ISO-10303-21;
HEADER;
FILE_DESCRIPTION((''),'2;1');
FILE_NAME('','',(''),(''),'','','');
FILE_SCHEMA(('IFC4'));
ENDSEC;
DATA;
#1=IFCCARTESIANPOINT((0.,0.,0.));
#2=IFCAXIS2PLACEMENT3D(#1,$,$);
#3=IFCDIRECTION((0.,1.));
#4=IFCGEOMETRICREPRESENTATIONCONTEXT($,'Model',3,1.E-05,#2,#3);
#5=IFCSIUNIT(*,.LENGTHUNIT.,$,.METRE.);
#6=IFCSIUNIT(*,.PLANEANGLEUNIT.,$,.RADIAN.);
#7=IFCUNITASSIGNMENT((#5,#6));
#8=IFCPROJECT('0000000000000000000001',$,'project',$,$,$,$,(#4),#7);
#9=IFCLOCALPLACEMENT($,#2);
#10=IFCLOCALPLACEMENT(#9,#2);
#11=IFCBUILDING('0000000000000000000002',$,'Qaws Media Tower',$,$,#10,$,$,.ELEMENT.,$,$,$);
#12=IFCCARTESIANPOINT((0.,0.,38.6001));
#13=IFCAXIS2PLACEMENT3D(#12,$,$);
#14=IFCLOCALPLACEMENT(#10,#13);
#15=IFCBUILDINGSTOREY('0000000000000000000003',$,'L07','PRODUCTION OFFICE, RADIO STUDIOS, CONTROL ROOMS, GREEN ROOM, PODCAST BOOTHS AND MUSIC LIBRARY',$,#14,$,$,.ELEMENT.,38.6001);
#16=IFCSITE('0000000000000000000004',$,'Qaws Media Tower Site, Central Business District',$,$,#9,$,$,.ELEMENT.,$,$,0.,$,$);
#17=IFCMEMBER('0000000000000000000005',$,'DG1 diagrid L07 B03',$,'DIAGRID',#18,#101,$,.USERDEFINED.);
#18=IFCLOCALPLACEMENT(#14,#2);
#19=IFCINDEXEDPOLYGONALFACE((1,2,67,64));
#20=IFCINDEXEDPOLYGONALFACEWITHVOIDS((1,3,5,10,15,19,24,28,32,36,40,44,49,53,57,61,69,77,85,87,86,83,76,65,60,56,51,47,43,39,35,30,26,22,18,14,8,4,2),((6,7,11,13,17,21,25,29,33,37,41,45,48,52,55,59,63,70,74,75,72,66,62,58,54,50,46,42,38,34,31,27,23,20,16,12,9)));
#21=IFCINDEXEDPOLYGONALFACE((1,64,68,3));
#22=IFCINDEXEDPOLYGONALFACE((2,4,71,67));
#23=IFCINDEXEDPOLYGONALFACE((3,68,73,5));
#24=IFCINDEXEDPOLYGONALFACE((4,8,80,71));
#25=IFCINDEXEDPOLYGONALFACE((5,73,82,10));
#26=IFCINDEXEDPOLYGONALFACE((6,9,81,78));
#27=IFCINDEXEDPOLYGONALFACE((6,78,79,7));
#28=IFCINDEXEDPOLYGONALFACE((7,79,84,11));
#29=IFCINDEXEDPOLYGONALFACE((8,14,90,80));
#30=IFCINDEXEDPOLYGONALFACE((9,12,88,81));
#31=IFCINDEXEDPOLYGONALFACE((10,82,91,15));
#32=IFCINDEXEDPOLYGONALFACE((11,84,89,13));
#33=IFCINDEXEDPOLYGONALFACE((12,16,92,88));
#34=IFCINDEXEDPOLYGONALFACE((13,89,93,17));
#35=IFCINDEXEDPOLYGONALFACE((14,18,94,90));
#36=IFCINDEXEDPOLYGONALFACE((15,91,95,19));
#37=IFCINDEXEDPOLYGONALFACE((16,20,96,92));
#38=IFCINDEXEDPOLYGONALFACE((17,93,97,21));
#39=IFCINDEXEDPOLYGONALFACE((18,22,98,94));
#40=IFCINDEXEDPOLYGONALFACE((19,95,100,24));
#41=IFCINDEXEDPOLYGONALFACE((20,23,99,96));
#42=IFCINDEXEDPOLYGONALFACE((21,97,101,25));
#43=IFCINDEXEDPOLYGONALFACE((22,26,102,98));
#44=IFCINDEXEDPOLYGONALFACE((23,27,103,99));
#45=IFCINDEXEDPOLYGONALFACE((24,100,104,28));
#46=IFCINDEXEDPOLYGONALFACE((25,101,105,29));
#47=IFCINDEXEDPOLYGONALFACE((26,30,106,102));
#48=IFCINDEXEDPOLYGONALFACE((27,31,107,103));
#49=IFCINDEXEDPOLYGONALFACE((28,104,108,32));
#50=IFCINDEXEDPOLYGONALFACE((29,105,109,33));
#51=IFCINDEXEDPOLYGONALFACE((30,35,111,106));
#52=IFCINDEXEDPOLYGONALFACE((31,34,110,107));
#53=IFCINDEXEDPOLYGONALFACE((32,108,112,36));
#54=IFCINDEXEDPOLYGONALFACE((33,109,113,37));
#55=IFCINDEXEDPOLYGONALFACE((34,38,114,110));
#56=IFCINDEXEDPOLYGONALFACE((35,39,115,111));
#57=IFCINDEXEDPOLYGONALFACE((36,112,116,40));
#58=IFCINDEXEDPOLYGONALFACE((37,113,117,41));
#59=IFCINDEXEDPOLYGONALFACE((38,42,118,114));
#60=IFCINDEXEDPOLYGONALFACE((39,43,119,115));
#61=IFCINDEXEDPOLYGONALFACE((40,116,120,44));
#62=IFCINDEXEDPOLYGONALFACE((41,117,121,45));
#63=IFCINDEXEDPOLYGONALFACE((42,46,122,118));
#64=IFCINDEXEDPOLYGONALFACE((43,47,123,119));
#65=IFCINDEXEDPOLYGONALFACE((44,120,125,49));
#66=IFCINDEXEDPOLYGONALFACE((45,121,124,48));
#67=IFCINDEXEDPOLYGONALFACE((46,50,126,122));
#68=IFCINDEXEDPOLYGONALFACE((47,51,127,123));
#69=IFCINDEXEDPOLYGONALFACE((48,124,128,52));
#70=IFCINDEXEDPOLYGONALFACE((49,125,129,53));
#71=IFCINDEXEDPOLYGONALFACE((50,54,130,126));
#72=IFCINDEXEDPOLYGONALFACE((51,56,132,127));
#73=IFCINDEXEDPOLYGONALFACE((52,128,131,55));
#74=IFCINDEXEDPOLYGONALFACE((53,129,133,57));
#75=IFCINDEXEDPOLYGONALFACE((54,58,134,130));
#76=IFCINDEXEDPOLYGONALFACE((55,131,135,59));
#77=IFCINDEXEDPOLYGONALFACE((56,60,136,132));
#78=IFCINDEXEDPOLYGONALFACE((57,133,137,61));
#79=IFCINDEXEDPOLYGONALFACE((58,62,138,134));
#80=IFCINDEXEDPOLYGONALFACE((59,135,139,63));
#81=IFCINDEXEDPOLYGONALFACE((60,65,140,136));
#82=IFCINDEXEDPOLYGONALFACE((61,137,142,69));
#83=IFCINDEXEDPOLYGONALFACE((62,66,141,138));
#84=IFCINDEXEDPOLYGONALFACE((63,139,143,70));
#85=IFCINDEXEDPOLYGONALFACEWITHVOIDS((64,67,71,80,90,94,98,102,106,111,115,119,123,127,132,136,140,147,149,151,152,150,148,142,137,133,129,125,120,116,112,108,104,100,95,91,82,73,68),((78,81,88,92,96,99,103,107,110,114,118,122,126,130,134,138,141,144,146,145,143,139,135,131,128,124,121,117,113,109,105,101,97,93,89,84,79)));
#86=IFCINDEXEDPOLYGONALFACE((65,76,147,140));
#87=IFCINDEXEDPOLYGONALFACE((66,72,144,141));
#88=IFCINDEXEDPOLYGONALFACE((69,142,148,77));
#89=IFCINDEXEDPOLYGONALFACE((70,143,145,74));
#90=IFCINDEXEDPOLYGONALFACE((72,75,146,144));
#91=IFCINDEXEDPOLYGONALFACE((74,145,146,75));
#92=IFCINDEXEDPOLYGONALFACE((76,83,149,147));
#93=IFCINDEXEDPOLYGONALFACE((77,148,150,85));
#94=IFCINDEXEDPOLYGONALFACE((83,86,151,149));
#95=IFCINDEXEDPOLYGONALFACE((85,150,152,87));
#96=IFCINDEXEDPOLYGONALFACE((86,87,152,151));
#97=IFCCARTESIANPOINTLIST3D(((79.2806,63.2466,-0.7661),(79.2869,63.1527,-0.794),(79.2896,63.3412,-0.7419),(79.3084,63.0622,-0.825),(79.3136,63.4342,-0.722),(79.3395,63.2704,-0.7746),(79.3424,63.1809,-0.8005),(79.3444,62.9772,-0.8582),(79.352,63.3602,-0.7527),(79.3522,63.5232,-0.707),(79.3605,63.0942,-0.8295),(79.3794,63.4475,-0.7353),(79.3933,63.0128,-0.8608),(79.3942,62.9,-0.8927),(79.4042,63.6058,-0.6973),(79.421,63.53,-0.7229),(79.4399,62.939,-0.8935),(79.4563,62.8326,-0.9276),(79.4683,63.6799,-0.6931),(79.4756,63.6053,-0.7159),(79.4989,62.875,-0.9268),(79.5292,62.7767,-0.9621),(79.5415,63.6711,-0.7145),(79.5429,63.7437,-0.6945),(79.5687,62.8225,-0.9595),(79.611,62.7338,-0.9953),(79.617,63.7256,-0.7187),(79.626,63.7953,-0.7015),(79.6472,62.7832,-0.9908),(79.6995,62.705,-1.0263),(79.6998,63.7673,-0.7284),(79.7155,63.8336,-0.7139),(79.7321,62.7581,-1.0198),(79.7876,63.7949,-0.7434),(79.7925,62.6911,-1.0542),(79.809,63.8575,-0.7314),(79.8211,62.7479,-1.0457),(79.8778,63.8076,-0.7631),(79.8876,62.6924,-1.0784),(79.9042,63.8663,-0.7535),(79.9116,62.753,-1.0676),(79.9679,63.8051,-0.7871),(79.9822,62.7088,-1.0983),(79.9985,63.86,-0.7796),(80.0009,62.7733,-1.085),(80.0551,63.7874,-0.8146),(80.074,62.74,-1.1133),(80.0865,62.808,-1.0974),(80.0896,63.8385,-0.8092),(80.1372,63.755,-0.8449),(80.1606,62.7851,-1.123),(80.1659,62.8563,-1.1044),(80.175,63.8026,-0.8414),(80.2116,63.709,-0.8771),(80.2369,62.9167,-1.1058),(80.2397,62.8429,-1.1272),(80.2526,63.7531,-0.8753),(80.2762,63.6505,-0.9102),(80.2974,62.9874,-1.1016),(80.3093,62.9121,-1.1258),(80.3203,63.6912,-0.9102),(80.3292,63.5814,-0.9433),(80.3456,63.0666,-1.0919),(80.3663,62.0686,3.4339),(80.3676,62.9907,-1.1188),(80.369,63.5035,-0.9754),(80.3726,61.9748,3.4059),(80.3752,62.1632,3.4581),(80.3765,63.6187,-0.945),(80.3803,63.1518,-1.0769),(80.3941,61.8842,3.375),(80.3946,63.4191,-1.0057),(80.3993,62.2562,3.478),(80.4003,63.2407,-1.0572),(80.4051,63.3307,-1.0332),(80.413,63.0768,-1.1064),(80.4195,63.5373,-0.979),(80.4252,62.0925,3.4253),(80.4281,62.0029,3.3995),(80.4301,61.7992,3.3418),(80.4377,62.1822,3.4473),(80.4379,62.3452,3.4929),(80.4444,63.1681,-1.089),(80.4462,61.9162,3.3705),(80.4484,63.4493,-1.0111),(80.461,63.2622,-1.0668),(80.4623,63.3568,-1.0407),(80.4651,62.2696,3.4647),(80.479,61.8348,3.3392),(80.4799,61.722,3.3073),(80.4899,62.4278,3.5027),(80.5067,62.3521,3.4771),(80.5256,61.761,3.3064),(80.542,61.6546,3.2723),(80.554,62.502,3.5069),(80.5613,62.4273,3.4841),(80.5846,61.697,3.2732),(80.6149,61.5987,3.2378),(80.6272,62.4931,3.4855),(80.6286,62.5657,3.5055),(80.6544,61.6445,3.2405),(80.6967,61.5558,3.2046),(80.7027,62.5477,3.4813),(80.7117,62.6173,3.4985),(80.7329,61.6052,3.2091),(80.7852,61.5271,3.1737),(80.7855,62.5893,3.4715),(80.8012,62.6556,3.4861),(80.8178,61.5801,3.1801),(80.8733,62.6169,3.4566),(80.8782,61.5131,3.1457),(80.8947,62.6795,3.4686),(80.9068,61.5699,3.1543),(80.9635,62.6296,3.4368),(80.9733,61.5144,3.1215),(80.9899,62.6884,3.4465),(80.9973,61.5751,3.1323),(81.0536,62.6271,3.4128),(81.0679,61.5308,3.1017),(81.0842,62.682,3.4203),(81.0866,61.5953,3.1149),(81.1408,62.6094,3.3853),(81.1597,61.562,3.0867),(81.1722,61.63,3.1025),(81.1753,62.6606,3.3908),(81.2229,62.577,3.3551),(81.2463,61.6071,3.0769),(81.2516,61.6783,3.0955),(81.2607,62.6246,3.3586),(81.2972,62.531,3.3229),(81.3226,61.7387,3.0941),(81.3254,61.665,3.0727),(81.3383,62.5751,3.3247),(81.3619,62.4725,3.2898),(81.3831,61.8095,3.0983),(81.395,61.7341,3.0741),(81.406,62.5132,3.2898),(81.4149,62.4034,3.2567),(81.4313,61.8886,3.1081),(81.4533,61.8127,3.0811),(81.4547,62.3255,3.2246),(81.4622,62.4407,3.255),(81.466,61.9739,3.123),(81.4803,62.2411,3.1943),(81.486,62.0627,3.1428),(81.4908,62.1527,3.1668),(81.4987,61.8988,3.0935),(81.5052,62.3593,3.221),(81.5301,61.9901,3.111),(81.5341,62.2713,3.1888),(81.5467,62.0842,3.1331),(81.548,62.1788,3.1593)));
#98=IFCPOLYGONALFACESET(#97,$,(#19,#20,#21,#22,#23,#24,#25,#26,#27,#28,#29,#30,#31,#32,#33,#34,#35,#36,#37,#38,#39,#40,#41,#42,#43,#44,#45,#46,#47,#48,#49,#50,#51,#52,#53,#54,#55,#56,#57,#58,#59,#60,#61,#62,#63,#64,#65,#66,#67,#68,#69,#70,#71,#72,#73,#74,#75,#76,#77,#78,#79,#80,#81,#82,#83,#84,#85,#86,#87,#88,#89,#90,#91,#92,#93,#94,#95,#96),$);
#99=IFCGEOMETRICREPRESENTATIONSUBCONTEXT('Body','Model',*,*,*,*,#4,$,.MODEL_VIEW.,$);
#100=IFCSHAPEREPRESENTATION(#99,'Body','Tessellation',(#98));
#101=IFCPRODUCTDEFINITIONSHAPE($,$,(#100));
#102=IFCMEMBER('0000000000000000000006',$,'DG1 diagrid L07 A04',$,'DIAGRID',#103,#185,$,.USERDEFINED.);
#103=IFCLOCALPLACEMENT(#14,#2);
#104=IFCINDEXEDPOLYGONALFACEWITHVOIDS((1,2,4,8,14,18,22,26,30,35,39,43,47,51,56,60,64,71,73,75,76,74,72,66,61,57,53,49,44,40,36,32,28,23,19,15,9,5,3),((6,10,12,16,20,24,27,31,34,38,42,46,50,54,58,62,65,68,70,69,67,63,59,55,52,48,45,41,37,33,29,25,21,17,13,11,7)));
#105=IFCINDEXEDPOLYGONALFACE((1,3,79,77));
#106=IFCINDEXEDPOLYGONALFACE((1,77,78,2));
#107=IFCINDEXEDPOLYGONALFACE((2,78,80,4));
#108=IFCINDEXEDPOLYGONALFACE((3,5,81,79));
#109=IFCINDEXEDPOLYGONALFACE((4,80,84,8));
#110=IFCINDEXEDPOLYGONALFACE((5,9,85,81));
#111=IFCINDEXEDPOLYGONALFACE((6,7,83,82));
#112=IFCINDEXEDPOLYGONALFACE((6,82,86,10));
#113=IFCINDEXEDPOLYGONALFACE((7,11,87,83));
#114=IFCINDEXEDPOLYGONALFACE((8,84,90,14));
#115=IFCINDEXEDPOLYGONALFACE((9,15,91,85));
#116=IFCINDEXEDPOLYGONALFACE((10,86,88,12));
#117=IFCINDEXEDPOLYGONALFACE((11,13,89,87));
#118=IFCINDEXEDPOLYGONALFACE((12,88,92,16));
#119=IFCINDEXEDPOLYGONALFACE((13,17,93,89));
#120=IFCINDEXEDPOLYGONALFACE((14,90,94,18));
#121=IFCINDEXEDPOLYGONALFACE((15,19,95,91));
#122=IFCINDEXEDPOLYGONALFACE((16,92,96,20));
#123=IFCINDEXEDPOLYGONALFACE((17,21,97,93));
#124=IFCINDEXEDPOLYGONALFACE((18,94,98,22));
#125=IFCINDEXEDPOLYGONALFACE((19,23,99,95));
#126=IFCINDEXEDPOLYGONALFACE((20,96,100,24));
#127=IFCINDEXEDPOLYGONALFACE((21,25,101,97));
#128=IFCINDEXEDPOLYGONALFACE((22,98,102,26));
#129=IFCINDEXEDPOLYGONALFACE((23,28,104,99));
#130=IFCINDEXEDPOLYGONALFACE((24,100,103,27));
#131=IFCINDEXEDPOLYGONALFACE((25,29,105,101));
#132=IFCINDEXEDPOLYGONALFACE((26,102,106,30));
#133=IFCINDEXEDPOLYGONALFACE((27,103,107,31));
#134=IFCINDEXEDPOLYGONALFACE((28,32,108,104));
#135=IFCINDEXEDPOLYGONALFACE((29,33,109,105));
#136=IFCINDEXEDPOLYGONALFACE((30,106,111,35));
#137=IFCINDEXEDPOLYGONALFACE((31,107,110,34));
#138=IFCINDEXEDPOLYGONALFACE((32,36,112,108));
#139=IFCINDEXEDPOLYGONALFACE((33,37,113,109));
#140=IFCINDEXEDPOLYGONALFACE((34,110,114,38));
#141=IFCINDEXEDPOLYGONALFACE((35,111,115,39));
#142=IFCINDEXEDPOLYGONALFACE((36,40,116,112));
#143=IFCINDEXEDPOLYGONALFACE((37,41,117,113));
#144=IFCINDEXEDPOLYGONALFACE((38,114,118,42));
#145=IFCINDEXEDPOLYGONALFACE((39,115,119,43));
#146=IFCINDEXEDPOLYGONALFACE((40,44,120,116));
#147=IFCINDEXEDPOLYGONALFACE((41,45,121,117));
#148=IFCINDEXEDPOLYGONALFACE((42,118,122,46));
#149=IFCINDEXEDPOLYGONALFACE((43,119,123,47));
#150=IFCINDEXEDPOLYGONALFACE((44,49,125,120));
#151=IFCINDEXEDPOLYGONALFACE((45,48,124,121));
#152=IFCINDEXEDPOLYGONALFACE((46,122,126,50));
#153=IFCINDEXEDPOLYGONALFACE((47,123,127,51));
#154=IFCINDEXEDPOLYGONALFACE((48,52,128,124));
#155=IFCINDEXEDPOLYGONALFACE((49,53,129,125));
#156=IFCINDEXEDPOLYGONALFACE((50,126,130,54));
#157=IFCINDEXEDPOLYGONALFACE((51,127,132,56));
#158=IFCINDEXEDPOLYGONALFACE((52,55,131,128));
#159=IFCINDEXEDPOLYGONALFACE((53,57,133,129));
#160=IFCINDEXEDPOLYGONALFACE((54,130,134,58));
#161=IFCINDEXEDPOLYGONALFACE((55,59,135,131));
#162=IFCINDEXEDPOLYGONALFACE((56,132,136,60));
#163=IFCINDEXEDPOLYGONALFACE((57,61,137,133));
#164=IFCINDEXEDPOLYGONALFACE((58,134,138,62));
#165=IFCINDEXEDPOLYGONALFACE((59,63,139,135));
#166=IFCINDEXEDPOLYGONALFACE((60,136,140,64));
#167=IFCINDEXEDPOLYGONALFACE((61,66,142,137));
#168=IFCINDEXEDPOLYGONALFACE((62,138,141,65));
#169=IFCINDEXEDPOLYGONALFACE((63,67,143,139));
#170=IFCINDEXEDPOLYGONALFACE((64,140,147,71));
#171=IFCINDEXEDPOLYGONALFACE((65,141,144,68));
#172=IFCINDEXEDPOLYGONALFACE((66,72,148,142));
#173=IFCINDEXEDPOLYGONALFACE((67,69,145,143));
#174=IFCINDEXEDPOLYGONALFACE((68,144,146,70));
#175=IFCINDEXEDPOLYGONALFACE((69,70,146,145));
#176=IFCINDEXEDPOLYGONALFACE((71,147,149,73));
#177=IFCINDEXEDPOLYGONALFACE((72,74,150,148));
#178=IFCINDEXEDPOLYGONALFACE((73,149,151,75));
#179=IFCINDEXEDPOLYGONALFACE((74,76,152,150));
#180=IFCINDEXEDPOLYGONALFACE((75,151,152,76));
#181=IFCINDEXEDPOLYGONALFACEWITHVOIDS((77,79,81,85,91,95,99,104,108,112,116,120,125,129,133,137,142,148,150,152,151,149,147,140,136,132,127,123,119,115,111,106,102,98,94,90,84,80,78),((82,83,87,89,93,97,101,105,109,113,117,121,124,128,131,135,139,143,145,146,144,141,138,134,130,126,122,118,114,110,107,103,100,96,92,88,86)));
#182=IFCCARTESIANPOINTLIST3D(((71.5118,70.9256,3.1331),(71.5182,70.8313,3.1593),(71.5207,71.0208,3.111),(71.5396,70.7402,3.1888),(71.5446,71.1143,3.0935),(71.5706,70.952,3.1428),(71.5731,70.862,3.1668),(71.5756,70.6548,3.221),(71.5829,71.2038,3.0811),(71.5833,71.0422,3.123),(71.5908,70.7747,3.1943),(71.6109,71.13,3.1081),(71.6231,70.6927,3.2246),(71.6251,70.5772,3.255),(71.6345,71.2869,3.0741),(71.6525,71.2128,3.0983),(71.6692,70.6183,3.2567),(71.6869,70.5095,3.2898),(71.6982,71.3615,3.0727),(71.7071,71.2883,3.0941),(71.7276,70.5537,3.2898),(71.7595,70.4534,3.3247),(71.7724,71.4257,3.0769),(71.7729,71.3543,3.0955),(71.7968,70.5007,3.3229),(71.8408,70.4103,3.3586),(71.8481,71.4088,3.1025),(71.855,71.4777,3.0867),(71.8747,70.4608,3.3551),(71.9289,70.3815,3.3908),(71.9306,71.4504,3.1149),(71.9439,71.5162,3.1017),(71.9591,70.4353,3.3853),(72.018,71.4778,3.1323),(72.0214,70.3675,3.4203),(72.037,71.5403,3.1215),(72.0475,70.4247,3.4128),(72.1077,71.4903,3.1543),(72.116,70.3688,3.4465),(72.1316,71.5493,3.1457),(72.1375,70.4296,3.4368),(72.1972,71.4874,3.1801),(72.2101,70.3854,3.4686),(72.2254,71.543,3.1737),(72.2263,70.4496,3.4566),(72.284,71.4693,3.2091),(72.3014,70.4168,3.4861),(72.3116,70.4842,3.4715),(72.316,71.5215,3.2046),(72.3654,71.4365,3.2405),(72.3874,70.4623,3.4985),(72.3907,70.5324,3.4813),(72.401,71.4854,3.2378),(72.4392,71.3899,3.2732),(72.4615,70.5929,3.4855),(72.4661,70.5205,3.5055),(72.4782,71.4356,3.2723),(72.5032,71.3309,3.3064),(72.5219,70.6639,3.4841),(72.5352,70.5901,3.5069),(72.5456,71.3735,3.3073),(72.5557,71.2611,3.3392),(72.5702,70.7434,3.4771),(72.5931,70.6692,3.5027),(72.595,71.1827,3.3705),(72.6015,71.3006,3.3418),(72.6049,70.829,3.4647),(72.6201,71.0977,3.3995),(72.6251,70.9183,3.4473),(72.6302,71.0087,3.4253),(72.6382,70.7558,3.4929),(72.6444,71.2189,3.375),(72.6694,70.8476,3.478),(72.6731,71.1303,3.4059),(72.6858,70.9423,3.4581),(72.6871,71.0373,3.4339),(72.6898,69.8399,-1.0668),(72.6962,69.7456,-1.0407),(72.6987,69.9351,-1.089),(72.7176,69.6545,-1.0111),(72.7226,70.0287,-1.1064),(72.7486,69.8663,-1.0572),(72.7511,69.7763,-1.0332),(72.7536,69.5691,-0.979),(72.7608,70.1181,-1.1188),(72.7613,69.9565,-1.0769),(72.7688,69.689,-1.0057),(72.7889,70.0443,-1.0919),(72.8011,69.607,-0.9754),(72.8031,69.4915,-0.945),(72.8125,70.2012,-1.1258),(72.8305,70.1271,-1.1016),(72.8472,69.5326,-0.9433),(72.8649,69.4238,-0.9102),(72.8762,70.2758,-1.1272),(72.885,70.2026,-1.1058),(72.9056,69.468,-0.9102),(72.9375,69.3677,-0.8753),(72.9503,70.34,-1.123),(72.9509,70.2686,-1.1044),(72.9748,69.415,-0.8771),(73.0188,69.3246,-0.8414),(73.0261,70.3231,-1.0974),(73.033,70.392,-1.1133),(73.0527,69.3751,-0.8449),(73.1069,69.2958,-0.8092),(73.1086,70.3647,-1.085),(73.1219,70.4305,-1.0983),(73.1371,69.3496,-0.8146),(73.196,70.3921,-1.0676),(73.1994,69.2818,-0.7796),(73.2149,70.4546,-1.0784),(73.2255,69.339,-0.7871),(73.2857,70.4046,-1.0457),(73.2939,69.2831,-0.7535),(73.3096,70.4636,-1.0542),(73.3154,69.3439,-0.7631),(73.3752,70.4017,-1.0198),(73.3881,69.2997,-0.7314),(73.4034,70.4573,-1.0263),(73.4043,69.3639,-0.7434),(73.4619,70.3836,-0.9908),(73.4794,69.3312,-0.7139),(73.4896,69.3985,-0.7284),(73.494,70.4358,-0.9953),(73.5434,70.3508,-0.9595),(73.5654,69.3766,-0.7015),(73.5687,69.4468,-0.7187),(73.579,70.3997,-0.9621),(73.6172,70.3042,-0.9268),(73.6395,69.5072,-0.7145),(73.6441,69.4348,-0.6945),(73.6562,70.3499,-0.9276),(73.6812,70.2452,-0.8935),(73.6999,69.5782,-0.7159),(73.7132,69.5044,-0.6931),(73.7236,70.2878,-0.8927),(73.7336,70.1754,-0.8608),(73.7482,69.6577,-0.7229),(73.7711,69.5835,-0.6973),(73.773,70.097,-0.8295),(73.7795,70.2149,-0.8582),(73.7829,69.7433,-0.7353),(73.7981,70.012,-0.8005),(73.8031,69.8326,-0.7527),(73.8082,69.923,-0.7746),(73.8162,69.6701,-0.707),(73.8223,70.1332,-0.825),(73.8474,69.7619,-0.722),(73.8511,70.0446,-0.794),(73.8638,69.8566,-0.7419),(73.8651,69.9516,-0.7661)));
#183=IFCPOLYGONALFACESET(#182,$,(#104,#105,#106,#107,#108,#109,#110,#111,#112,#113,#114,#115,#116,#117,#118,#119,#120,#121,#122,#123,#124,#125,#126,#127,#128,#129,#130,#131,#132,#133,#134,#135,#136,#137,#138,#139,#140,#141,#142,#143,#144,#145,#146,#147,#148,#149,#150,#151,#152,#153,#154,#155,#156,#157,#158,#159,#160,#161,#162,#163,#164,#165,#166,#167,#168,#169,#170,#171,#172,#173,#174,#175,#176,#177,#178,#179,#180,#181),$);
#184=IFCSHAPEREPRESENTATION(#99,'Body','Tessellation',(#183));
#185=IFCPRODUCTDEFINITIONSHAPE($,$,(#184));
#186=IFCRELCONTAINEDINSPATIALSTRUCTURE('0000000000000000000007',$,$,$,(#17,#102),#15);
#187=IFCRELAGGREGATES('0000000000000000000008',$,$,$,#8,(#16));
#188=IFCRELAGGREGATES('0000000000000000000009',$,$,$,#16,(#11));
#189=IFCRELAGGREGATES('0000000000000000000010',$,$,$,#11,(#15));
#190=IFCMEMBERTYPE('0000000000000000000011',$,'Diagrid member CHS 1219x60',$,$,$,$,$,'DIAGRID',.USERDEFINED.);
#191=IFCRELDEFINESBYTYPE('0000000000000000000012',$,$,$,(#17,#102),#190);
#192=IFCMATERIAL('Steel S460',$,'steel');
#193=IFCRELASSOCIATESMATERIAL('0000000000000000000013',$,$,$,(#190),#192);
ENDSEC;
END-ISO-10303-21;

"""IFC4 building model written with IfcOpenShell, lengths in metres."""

from ifc_helpers import new_model, si_unit, direction, frame, origin, origin_2d, place, context, subcontext, project, spatial, hollow_circle, extrude, material, material_profile, profile_set, type_object, element, save


model = new_model("IFC4")

# Units and contexts
model_context = context("Model", 3, precision=1e-05, world=origin(), true_north=direction((0.0, 1.0)))
body_context = subcontext(model_context, "Body", "Model", "MODEL_VIEW")
ifc_project = project(units=[si_unit("LENGTHUNIT", "METRE"), si_unit("PLANEANGLEUNIT", "RADIAN")], contexts=[model_context])

# Site, building, storey
site_placement = place(None, origin())
site = spatial("IfcSite", under=ifc_project, at=site_placement, Name="Qaws Media Tower Site, Central Business District", CompositionType="ELEMENT", RefElevation=0.0)
building_placement = place(site_placement, origin())
building = spatial("IfcBuilding", under=site, at=building_placement, Name="Qaws Media Tower", CompositionType="ELEMENT")
storey_placement = place(building_placement, frame((0.0, 0.0, 38.6001)))
storey = spatial("IfcBuildingStorey", under=building, at=storey_placement, Name="L07", Description="PRODUCTION OFFICE, RADIO STUDIOS, CONTROL ROOMS, GREEN ROOM, PODCAST BOOTHS AND MUSIC LIBRARY", CompositionType="ELEMENT", Elevation=38.6001)

# Members
ifc_material_1 = material(Name="Steel S460", Category="steel")
ifc_material_profile_1 = material_profile(ifc_material_1, hollow_circle(Radius=0.6096, WallThickness=0.0601, at=origin_2d()), Name="CHS 1219x60")
ifc_profile_set_1 = profile_set([ifc_material_profile_1], Name="Steel S460")
member_type_1 = type_object("IfcMemberType", Name="Diagrid member CHS 1219x60", ElementType="DIAGRID", PredefinedType="USERDEFINED", material=ifc_profile_set_1)
for number, where, z_axis, x_axis, name in (
    (1, (79.8721, 63.2781, -0.9102), (0.241528, -0.262058, 0.934339), (0.735323, 0.677717, 0.0), "DG1 diagrid L07 B03"),
    (2, (73.2781, 69.8721, -0.9102), (-0.262058, 0.241528, 0.934339), (-0.677717, -0.735323, 0.0), "DG1 diagrid L07 A04"),
):
    element("IfcMember", number, at=place(storey_placement, frame(where, z_axis=z_axis, x_axis=x_axis)), inside=storey, type_object=member_type_1, Name=name, ObjectType="DIAGRID", PredefinedType="USERDEFINED", context=body_context, shape_type="SweptSolid", body=[
        extrude(hollow_circle(Radius=0.6096, WallThickness=0.0601, at=origin_2d()), origin(), (0.0, 0.0, 1.0), 4.4951),
    ])

save(model, "model.ifc")
